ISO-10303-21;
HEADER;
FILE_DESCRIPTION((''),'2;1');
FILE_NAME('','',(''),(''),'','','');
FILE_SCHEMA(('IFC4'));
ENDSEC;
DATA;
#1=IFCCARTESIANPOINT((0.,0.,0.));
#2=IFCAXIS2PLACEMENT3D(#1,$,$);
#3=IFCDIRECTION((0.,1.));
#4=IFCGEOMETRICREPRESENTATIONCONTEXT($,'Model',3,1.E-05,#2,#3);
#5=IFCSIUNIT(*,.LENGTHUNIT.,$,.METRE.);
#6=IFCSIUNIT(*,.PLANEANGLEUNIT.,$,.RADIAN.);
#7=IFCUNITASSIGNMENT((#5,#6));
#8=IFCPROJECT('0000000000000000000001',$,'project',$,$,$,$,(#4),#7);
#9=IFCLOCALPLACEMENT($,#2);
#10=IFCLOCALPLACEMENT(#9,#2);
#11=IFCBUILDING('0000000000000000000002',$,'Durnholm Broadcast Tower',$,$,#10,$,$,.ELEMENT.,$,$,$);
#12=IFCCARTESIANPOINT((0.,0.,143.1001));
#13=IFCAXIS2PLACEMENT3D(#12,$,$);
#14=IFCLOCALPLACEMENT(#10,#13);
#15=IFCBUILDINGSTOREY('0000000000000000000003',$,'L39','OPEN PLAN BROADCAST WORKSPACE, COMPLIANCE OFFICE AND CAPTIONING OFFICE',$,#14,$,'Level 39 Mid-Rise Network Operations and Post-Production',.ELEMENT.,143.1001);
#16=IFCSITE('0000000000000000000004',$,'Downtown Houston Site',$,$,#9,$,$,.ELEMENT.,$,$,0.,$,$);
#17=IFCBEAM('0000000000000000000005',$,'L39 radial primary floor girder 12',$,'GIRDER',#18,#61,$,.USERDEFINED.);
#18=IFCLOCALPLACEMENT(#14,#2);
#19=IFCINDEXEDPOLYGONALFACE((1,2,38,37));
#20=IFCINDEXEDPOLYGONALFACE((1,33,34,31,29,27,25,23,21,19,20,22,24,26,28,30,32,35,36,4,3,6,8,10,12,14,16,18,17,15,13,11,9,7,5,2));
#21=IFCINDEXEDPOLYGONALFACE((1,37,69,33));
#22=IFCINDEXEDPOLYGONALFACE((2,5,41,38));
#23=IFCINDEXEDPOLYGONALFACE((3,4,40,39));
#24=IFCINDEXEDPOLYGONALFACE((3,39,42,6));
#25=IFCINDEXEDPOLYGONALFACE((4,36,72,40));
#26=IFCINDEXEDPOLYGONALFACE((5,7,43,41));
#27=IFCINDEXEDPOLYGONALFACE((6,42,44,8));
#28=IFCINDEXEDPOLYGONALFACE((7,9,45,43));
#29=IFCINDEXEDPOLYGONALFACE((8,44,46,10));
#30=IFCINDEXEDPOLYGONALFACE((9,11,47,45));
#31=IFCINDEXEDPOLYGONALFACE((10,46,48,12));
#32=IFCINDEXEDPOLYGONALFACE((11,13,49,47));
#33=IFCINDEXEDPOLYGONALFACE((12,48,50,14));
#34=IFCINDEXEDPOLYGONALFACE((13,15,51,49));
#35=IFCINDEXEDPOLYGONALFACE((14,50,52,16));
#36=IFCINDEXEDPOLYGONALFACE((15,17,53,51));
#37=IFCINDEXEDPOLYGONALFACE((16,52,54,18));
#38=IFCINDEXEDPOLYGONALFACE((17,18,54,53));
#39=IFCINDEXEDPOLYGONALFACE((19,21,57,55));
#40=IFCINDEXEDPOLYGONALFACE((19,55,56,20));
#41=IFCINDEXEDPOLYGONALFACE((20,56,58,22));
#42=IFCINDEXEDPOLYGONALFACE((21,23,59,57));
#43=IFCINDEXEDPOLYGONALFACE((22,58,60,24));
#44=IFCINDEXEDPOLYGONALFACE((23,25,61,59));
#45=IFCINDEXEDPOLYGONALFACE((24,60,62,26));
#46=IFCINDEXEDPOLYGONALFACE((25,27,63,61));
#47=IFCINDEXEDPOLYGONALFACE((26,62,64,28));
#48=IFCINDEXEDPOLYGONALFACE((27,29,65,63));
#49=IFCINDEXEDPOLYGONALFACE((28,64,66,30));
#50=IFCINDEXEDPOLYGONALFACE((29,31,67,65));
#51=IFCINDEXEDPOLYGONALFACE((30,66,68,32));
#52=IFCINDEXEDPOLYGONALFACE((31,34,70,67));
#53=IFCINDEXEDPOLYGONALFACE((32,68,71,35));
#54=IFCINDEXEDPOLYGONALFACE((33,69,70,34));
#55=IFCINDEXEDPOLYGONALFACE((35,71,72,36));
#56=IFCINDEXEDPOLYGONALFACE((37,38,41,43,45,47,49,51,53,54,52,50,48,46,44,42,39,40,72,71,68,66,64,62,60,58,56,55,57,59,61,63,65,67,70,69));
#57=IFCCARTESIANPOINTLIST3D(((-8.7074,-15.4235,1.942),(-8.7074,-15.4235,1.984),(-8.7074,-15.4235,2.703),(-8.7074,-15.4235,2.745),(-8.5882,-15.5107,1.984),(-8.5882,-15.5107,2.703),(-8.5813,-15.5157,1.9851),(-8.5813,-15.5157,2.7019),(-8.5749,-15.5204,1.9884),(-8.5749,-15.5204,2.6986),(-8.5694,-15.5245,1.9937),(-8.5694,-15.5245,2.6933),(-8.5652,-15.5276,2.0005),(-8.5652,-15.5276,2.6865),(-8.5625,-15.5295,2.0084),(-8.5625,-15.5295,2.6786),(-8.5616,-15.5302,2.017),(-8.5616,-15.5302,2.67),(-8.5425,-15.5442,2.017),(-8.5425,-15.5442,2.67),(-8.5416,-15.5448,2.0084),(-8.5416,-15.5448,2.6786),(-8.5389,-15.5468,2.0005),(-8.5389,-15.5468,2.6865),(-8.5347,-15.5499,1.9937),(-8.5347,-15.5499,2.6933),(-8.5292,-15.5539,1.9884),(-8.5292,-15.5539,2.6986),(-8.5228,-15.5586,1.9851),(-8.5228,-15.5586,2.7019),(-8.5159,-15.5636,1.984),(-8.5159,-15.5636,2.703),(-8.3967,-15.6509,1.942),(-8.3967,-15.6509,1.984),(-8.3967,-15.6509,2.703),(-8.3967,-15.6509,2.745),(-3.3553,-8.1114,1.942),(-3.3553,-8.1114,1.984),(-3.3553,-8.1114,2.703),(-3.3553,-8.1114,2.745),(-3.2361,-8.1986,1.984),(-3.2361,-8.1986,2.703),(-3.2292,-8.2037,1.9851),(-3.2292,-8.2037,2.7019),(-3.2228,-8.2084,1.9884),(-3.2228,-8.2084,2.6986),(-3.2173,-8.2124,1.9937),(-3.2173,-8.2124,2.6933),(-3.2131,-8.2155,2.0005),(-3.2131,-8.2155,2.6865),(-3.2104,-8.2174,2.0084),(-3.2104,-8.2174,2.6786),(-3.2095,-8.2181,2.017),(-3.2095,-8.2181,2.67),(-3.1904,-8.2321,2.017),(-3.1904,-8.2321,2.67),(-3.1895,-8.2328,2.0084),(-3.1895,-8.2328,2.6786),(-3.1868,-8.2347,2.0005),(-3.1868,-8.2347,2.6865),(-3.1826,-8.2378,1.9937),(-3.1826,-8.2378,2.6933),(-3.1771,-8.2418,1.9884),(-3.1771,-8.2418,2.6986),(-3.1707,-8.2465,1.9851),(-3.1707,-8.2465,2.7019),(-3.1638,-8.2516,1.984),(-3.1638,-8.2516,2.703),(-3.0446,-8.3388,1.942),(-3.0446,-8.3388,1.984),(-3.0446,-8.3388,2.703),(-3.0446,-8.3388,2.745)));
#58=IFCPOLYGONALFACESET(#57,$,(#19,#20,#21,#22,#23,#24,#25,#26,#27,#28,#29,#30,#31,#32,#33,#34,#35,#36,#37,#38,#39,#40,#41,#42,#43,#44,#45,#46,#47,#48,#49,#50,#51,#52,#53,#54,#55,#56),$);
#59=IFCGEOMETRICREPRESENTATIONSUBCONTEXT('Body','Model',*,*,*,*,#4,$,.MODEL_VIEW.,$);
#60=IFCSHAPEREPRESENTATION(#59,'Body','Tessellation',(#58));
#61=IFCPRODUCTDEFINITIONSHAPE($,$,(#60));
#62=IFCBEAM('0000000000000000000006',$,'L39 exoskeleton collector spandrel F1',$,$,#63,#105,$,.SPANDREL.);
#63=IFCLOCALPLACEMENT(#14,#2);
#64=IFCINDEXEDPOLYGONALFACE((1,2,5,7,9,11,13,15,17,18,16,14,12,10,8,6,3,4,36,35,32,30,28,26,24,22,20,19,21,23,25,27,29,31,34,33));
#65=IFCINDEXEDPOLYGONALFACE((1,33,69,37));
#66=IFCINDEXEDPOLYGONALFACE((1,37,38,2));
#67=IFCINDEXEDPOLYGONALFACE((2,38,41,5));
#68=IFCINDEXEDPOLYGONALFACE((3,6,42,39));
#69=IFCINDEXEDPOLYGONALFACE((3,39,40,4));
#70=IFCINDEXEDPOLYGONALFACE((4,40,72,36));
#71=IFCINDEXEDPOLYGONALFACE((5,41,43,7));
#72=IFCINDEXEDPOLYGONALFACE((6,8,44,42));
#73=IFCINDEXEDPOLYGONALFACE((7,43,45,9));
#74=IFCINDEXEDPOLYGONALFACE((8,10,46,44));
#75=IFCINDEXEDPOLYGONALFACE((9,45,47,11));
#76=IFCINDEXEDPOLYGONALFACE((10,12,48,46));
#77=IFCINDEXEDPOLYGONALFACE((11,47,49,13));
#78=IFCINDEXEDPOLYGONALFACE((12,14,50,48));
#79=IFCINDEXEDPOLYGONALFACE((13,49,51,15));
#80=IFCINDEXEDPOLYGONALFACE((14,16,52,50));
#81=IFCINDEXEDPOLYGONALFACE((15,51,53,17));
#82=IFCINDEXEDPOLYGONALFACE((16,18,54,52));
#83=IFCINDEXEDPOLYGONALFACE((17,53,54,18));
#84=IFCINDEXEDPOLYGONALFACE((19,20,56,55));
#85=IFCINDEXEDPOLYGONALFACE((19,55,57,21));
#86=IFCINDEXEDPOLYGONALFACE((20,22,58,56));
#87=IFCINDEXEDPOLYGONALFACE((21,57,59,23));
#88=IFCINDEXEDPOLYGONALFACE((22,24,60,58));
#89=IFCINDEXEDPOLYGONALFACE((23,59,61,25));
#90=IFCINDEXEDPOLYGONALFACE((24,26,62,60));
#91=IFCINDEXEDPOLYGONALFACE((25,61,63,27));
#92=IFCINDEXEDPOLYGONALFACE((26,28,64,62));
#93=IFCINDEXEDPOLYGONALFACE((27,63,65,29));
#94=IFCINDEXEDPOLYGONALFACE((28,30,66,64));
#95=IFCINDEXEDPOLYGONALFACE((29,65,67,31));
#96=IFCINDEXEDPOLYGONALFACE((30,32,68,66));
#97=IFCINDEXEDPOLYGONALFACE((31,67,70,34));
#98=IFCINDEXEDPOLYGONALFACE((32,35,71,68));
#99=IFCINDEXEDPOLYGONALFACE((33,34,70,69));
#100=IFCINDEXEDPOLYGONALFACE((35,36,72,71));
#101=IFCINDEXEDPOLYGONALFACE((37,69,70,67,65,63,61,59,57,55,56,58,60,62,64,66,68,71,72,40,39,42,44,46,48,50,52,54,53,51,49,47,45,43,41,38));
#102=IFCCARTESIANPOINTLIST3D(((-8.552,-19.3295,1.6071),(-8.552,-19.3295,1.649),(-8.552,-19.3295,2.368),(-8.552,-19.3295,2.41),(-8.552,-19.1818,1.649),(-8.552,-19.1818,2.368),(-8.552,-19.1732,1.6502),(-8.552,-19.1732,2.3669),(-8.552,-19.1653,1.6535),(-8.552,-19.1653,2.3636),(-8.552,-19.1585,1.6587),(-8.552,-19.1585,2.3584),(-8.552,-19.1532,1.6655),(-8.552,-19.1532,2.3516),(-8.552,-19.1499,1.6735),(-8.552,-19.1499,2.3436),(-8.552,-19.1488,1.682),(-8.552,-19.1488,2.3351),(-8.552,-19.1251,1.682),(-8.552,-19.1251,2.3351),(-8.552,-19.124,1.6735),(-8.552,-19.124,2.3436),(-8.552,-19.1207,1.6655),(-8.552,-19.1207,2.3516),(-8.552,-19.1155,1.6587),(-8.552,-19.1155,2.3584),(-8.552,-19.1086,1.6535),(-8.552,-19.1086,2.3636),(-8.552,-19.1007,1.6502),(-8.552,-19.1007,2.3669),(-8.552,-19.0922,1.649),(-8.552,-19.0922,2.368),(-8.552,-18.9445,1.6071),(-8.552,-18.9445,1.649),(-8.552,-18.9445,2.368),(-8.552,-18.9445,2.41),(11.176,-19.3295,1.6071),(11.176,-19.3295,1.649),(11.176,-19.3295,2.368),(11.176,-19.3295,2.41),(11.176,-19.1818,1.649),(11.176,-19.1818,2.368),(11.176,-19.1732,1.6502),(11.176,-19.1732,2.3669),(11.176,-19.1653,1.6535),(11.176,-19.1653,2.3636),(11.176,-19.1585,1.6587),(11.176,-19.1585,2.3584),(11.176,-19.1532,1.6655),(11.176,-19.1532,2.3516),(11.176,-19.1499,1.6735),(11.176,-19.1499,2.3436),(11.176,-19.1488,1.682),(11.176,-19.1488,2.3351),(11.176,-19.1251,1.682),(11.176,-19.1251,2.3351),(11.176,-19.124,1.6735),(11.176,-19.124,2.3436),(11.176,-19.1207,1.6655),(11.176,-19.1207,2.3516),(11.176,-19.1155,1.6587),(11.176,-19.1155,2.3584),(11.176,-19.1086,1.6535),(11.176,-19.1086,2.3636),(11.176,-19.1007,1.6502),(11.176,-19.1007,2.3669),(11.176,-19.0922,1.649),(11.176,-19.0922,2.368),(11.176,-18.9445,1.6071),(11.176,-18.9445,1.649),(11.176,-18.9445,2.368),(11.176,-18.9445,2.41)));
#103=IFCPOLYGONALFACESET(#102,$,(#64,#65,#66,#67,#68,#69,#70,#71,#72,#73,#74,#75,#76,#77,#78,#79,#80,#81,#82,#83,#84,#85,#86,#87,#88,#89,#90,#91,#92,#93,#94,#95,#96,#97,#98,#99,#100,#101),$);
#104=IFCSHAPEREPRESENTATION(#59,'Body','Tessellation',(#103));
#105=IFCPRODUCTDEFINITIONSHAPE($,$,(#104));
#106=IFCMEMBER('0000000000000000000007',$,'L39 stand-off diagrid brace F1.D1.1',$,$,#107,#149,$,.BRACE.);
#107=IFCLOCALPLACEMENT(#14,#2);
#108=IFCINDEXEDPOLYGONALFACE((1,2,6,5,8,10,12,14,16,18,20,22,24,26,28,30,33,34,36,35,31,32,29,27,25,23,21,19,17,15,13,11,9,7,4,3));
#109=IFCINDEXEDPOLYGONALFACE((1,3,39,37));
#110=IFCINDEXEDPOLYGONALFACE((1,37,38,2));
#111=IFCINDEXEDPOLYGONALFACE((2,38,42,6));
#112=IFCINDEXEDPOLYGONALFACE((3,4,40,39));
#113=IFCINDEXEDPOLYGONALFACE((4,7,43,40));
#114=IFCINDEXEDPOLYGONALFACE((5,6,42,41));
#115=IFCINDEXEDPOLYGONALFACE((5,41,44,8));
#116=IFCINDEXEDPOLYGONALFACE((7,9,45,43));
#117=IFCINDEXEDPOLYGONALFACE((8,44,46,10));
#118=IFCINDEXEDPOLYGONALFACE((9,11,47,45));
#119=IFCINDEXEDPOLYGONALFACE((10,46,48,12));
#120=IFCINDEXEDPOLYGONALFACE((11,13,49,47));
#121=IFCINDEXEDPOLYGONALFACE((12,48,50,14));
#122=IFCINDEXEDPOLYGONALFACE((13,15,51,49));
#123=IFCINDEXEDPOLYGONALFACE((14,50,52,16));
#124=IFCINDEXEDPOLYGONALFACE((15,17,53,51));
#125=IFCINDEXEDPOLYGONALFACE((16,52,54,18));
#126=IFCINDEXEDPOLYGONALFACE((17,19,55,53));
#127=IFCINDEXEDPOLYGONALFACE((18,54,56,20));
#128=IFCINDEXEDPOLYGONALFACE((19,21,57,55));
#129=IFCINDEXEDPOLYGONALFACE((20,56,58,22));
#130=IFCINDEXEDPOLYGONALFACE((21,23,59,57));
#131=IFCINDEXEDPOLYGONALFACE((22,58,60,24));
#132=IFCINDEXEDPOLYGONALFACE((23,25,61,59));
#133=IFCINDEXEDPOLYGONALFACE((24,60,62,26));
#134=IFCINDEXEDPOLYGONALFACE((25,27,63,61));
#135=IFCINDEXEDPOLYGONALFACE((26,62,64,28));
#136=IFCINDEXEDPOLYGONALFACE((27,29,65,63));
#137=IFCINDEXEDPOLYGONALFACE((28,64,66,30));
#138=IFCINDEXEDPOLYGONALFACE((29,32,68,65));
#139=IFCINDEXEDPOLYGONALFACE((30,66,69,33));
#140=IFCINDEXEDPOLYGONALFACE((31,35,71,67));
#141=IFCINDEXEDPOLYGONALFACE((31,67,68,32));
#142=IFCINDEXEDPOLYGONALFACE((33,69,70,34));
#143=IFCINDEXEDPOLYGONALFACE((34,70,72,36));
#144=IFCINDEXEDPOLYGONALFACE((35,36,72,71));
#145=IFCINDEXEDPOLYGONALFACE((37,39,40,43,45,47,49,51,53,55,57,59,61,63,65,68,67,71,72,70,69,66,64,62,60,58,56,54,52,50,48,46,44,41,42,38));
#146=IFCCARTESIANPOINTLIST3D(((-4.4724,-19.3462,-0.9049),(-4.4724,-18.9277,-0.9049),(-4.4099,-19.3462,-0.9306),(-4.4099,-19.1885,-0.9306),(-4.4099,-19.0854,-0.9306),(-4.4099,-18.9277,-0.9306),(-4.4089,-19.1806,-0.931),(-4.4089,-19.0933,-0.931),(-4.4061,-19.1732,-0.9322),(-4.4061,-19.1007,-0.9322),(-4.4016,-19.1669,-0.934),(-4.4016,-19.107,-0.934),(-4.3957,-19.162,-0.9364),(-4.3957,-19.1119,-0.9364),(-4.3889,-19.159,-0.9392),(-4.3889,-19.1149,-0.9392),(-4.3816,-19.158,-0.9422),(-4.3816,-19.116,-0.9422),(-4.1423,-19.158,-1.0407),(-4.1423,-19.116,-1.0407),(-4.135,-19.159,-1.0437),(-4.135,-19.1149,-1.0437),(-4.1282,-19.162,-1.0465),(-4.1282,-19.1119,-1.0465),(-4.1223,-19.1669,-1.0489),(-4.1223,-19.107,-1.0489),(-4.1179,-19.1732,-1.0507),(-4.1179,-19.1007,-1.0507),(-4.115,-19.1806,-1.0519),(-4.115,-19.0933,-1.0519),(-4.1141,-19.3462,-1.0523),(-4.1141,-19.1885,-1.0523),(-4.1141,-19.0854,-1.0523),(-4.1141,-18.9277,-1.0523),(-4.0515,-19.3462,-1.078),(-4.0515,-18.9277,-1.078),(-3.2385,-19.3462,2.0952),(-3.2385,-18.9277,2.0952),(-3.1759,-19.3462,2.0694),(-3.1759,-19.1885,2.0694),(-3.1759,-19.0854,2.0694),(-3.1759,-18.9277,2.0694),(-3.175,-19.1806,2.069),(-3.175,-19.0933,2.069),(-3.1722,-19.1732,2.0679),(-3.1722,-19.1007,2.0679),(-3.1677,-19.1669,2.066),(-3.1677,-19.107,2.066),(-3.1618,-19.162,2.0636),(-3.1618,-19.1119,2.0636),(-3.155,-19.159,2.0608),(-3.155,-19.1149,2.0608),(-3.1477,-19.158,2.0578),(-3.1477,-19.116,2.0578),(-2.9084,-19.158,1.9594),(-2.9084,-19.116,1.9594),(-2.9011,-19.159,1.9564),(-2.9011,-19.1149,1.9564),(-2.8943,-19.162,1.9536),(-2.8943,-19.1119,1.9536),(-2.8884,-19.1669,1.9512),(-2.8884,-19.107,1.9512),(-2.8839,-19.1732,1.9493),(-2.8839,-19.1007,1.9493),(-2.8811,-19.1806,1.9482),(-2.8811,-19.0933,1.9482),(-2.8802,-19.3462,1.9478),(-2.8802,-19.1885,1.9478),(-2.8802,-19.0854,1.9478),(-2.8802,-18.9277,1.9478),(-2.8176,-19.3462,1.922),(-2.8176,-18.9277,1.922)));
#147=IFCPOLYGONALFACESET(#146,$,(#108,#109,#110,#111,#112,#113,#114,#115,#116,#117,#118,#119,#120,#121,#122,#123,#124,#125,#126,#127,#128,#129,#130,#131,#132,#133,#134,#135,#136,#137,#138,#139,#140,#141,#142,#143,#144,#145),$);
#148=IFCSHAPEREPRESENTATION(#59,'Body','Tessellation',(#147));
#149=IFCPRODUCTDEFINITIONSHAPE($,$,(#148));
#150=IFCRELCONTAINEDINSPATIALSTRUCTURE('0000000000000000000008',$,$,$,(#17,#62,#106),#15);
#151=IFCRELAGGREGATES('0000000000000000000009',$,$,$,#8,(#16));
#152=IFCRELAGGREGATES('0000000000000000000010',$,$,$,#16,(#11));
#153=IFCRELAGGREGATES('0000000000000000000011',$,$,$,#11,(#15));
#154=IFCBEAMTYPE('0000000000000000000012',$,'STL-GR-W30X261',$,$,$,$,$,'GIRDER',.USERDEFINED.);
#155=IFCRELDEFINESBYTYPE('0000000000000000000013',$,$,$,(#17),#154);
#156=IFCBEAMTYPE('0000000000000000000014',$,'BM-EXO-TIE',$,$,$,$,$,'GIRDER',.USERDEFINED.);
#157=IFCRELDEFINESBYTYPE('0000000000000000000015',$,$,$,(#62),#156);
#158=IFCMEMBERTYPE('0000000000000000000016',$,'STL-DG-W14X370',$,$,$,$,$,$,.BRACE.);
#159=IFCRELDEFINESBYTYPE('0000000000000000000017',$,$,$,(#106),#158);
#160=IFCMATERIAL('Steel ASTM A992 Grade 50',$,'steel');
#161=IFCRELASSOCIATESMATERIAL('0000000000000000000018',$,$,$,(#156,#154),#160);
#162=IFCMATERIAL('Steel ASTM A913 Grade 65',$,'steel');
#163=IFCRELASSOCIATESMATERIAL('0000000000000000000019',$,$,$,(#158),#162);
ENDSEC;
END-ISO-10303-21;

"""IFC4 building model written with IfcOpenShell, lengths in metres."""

from ifc_helpers import new_model, si_unit, direction, frame, origin, origin_2d, place, context, subcontext, project, spatial, i_section, extrude, source, transform, mapped, material, material_profile, profile_set, type_object, type_shapes, element, save


model = new_model("IFC4")

# Units and contexts
model_context = context("Model", 3, precision=1e-05, world=origin(), true_north=direction((0.0, 1.0)))
body_context = subcontext(model_context, "Body", "Model", "MODEL_VIEW")
ifc_project = project(units=[si_unit("LENGTHUNIT", "METRE"), si_unit("PLANEANGLEUNIT", "RADIAN")], contexts=[model_context])

# Site, building, storey
site_placement = place(None, origin())
site = spatial("IfcSite", under=ifc_project, at=site_placement, Name="Downtown Houston Site", CompositionType="ELEMENT", RefElevation=0.0)
building_placement = place(site_placement, origin())
building = spatial("IfcBuilding", under=site, at=building_placement, Name="Durnholm Broadcast Tower", CompositionType="ELEMENT")
storey_placement = place(building_placement, frame((0.0, 0.0, 143.1001)))
storey = spatial("IfcBuildingStorey", under=building, at=storey_placement, Name="L39", Description="OPEN PLAN BROADCAST WORKSPACE, COMPLIANCE OFFICE AND CAPTIONING OFFICE", LongName="Level 39 Mid-Rise Network Operations and Post-Production", CompositionType="ELEMENT", Elevation=143.1001)

# Beams
ifc_material_1 = material(Name="Steel ASTM A992 Grade 50", Category="steel")
ifc_material_profile_1 = material_profile(ifc_material_1, i_section(OverallWidth=0.385, OverallDepth=0.803, WebThickness=0.0237, FlangeThickness=0.042, FilletRadius=0.033, at=origin_2d()), Name="W30X261")
ifc_profile_set_1 = profile_set([ifc_material_profile_1], Name="Steel ASTM A992 Grade 50")
beam_type_1 = type_object("IfcBeamType", Name="BM-EXO-TIE", ElementType="GIRDER", PredefinedType="USERDEFINED", material=ifc_profile_set_1)
ifc_material_profile_2 = material_profile(ifc_material_1, i_section(OverallWidth=0.385, OverallDepth=0.803, WebThickness=0.0237, FlangeThickness=0.042, FilletRadius=0.033, at=origin_2d()), Name="W30X261")
ifc_profile_set_2 = profile_set([ifc_material_profile_2], Name="Steel ASTM A992 Grade 50")
beam_type_2 = type_object("IfcBeamType", Name="STL-GR-W30X261", ElementType="GIRDER", PredefinedType="USERDEFINED", material=ifc_profile_set_2)
shared_shape_1 = source(origin(), body_context, "Body", "SweptSolid", [
    extrude(i_section(OverallWidth=0.385, OverallDepth=0.803, WebThickness=0.0237, FlangeThickness=0.042, FilletRadius=0.033, at=origin_2d()), origin(), (0.0, 0.0, 1.0), 9.0615),
])
beam_1_placement = place(storey_placement, frame((-3.2, -8.2251, 2.3435), z_axis=(-0.590639, -0.806936, 0.0), x_axis=(0.806936, -0.590639, 0.0)))
element("IfcBeam", 1, at=beam_1_placement, inside=storey, type_object=beam_type_2, Name="L39 radial primary floor girder 12", ObjectType="GIRDER", PredefinedType="USERDEFINED", context=body_context, shape_type="MappedRepresentation", body=[
    mapped(shared_shape_1, transform((0.0, 0.0, 0.0), x_axis=(1.0, 0.0, 0.0), y_axis=(0.0, 1.0, 0.0), z_axis=(0.0, 0.0, 1.0), scale=1.0)),
])
shared_shape_2 = source(origin(), body_context, "Body", "SweptSolid", [
    extrude(i_section(OverallWidth=0.385, OverallDepth=0.803, WebThickness=0.0237, FlangeThickness=0.042, FilletRadius=0.033, at=origin_2d()), origin(), (0.0, 0.0, 1.0), 19.728),
])
beam_2_placement = place(storey_placement, frame((-8.552, -19.137, 2.0085), z_axis=(1.0, 0.0, 0.0), x_axis=(0.0, 1.0, 0.0)))
element("IfcBeam", 2, at=beam_2_placement, inside=storey, type_object=beam_type_1, Name="L39 exoskeleton collector spandrel F1", PredefinedType="SPANDREL", context=body_context, shape_type="MappedRepresentation", body=[
    mapped(shared_shape_2, transform((0.0, 0.0, 0.0), x_axis=(1.0, 0.0, 0.0), y_axis=(0.0, 1.0, 0.0), z_axis=(0.0, 0.0, 1.0), scale=1.0)),
])

# Member
ifc_material_2 = material(Name="Steel ASTM A913 Grade 65", Category="steel")
ifc_material_profile_3 = material_profile(ifc_material_2, i_section(OverallWidth=0.4185, OverallDepth=0.4551, WebThickness=0.042, FlangeThickness=0.0676, FilletRadius=0.0305, at=origin_2d()), Name="W14X370")
ifc_profile_set_3 = profile_set([ifc_material_profile_3], Name="Steel ASTM A913 Grade 65")
member_type_1 = type_object("IfcMemberType", Name="STL-DG-W14X370", PredefinedType="BRACE", material=ifc_profile_set_3)
shared_shape_3 = source(origin(), body_context, "Body", "SweptSolid", [
    extrude(i_section(OverallWidth=0.4185, OverallDepth=0.4551, WebThickness=0.042, FlangeThickness=0.0676, FilletRadius=0.0305, at=origin_2d()), origin(), (0.0, 0.0, 1.0), 3.2439),
])
type_shapes(member_type_1, [shared_shape_3])
for number, where, z_axis, x_axis, name in (
    (3, (-4.262, -19.137, -0.9915), (0.380379, 0.0, 0.924831), (0.0, 1.0, 0.0), "L39 stand-off diagrid brace F1.D1.1"),
):
    element("IfcMember", number, at=place(storey_placement, frame(where, z_axis=z_axis, x_axis=x_axis)), inside=storey, type_object=member_type_1, Name=name, PredefinedType="BRACE", context=body_context, shape_type="MappedRepresentation", body=[
        mapped(shared_shape_3, transform((0.0, 0.0, 0.0), x_axis=(1.0, 0.0, 0.0), y_axis=(0.0, 1.0, 0.0), z_axis=(0.0, 0.0, 1.0), scale=1.0)),
    ])

save(model, "model.ifc")
